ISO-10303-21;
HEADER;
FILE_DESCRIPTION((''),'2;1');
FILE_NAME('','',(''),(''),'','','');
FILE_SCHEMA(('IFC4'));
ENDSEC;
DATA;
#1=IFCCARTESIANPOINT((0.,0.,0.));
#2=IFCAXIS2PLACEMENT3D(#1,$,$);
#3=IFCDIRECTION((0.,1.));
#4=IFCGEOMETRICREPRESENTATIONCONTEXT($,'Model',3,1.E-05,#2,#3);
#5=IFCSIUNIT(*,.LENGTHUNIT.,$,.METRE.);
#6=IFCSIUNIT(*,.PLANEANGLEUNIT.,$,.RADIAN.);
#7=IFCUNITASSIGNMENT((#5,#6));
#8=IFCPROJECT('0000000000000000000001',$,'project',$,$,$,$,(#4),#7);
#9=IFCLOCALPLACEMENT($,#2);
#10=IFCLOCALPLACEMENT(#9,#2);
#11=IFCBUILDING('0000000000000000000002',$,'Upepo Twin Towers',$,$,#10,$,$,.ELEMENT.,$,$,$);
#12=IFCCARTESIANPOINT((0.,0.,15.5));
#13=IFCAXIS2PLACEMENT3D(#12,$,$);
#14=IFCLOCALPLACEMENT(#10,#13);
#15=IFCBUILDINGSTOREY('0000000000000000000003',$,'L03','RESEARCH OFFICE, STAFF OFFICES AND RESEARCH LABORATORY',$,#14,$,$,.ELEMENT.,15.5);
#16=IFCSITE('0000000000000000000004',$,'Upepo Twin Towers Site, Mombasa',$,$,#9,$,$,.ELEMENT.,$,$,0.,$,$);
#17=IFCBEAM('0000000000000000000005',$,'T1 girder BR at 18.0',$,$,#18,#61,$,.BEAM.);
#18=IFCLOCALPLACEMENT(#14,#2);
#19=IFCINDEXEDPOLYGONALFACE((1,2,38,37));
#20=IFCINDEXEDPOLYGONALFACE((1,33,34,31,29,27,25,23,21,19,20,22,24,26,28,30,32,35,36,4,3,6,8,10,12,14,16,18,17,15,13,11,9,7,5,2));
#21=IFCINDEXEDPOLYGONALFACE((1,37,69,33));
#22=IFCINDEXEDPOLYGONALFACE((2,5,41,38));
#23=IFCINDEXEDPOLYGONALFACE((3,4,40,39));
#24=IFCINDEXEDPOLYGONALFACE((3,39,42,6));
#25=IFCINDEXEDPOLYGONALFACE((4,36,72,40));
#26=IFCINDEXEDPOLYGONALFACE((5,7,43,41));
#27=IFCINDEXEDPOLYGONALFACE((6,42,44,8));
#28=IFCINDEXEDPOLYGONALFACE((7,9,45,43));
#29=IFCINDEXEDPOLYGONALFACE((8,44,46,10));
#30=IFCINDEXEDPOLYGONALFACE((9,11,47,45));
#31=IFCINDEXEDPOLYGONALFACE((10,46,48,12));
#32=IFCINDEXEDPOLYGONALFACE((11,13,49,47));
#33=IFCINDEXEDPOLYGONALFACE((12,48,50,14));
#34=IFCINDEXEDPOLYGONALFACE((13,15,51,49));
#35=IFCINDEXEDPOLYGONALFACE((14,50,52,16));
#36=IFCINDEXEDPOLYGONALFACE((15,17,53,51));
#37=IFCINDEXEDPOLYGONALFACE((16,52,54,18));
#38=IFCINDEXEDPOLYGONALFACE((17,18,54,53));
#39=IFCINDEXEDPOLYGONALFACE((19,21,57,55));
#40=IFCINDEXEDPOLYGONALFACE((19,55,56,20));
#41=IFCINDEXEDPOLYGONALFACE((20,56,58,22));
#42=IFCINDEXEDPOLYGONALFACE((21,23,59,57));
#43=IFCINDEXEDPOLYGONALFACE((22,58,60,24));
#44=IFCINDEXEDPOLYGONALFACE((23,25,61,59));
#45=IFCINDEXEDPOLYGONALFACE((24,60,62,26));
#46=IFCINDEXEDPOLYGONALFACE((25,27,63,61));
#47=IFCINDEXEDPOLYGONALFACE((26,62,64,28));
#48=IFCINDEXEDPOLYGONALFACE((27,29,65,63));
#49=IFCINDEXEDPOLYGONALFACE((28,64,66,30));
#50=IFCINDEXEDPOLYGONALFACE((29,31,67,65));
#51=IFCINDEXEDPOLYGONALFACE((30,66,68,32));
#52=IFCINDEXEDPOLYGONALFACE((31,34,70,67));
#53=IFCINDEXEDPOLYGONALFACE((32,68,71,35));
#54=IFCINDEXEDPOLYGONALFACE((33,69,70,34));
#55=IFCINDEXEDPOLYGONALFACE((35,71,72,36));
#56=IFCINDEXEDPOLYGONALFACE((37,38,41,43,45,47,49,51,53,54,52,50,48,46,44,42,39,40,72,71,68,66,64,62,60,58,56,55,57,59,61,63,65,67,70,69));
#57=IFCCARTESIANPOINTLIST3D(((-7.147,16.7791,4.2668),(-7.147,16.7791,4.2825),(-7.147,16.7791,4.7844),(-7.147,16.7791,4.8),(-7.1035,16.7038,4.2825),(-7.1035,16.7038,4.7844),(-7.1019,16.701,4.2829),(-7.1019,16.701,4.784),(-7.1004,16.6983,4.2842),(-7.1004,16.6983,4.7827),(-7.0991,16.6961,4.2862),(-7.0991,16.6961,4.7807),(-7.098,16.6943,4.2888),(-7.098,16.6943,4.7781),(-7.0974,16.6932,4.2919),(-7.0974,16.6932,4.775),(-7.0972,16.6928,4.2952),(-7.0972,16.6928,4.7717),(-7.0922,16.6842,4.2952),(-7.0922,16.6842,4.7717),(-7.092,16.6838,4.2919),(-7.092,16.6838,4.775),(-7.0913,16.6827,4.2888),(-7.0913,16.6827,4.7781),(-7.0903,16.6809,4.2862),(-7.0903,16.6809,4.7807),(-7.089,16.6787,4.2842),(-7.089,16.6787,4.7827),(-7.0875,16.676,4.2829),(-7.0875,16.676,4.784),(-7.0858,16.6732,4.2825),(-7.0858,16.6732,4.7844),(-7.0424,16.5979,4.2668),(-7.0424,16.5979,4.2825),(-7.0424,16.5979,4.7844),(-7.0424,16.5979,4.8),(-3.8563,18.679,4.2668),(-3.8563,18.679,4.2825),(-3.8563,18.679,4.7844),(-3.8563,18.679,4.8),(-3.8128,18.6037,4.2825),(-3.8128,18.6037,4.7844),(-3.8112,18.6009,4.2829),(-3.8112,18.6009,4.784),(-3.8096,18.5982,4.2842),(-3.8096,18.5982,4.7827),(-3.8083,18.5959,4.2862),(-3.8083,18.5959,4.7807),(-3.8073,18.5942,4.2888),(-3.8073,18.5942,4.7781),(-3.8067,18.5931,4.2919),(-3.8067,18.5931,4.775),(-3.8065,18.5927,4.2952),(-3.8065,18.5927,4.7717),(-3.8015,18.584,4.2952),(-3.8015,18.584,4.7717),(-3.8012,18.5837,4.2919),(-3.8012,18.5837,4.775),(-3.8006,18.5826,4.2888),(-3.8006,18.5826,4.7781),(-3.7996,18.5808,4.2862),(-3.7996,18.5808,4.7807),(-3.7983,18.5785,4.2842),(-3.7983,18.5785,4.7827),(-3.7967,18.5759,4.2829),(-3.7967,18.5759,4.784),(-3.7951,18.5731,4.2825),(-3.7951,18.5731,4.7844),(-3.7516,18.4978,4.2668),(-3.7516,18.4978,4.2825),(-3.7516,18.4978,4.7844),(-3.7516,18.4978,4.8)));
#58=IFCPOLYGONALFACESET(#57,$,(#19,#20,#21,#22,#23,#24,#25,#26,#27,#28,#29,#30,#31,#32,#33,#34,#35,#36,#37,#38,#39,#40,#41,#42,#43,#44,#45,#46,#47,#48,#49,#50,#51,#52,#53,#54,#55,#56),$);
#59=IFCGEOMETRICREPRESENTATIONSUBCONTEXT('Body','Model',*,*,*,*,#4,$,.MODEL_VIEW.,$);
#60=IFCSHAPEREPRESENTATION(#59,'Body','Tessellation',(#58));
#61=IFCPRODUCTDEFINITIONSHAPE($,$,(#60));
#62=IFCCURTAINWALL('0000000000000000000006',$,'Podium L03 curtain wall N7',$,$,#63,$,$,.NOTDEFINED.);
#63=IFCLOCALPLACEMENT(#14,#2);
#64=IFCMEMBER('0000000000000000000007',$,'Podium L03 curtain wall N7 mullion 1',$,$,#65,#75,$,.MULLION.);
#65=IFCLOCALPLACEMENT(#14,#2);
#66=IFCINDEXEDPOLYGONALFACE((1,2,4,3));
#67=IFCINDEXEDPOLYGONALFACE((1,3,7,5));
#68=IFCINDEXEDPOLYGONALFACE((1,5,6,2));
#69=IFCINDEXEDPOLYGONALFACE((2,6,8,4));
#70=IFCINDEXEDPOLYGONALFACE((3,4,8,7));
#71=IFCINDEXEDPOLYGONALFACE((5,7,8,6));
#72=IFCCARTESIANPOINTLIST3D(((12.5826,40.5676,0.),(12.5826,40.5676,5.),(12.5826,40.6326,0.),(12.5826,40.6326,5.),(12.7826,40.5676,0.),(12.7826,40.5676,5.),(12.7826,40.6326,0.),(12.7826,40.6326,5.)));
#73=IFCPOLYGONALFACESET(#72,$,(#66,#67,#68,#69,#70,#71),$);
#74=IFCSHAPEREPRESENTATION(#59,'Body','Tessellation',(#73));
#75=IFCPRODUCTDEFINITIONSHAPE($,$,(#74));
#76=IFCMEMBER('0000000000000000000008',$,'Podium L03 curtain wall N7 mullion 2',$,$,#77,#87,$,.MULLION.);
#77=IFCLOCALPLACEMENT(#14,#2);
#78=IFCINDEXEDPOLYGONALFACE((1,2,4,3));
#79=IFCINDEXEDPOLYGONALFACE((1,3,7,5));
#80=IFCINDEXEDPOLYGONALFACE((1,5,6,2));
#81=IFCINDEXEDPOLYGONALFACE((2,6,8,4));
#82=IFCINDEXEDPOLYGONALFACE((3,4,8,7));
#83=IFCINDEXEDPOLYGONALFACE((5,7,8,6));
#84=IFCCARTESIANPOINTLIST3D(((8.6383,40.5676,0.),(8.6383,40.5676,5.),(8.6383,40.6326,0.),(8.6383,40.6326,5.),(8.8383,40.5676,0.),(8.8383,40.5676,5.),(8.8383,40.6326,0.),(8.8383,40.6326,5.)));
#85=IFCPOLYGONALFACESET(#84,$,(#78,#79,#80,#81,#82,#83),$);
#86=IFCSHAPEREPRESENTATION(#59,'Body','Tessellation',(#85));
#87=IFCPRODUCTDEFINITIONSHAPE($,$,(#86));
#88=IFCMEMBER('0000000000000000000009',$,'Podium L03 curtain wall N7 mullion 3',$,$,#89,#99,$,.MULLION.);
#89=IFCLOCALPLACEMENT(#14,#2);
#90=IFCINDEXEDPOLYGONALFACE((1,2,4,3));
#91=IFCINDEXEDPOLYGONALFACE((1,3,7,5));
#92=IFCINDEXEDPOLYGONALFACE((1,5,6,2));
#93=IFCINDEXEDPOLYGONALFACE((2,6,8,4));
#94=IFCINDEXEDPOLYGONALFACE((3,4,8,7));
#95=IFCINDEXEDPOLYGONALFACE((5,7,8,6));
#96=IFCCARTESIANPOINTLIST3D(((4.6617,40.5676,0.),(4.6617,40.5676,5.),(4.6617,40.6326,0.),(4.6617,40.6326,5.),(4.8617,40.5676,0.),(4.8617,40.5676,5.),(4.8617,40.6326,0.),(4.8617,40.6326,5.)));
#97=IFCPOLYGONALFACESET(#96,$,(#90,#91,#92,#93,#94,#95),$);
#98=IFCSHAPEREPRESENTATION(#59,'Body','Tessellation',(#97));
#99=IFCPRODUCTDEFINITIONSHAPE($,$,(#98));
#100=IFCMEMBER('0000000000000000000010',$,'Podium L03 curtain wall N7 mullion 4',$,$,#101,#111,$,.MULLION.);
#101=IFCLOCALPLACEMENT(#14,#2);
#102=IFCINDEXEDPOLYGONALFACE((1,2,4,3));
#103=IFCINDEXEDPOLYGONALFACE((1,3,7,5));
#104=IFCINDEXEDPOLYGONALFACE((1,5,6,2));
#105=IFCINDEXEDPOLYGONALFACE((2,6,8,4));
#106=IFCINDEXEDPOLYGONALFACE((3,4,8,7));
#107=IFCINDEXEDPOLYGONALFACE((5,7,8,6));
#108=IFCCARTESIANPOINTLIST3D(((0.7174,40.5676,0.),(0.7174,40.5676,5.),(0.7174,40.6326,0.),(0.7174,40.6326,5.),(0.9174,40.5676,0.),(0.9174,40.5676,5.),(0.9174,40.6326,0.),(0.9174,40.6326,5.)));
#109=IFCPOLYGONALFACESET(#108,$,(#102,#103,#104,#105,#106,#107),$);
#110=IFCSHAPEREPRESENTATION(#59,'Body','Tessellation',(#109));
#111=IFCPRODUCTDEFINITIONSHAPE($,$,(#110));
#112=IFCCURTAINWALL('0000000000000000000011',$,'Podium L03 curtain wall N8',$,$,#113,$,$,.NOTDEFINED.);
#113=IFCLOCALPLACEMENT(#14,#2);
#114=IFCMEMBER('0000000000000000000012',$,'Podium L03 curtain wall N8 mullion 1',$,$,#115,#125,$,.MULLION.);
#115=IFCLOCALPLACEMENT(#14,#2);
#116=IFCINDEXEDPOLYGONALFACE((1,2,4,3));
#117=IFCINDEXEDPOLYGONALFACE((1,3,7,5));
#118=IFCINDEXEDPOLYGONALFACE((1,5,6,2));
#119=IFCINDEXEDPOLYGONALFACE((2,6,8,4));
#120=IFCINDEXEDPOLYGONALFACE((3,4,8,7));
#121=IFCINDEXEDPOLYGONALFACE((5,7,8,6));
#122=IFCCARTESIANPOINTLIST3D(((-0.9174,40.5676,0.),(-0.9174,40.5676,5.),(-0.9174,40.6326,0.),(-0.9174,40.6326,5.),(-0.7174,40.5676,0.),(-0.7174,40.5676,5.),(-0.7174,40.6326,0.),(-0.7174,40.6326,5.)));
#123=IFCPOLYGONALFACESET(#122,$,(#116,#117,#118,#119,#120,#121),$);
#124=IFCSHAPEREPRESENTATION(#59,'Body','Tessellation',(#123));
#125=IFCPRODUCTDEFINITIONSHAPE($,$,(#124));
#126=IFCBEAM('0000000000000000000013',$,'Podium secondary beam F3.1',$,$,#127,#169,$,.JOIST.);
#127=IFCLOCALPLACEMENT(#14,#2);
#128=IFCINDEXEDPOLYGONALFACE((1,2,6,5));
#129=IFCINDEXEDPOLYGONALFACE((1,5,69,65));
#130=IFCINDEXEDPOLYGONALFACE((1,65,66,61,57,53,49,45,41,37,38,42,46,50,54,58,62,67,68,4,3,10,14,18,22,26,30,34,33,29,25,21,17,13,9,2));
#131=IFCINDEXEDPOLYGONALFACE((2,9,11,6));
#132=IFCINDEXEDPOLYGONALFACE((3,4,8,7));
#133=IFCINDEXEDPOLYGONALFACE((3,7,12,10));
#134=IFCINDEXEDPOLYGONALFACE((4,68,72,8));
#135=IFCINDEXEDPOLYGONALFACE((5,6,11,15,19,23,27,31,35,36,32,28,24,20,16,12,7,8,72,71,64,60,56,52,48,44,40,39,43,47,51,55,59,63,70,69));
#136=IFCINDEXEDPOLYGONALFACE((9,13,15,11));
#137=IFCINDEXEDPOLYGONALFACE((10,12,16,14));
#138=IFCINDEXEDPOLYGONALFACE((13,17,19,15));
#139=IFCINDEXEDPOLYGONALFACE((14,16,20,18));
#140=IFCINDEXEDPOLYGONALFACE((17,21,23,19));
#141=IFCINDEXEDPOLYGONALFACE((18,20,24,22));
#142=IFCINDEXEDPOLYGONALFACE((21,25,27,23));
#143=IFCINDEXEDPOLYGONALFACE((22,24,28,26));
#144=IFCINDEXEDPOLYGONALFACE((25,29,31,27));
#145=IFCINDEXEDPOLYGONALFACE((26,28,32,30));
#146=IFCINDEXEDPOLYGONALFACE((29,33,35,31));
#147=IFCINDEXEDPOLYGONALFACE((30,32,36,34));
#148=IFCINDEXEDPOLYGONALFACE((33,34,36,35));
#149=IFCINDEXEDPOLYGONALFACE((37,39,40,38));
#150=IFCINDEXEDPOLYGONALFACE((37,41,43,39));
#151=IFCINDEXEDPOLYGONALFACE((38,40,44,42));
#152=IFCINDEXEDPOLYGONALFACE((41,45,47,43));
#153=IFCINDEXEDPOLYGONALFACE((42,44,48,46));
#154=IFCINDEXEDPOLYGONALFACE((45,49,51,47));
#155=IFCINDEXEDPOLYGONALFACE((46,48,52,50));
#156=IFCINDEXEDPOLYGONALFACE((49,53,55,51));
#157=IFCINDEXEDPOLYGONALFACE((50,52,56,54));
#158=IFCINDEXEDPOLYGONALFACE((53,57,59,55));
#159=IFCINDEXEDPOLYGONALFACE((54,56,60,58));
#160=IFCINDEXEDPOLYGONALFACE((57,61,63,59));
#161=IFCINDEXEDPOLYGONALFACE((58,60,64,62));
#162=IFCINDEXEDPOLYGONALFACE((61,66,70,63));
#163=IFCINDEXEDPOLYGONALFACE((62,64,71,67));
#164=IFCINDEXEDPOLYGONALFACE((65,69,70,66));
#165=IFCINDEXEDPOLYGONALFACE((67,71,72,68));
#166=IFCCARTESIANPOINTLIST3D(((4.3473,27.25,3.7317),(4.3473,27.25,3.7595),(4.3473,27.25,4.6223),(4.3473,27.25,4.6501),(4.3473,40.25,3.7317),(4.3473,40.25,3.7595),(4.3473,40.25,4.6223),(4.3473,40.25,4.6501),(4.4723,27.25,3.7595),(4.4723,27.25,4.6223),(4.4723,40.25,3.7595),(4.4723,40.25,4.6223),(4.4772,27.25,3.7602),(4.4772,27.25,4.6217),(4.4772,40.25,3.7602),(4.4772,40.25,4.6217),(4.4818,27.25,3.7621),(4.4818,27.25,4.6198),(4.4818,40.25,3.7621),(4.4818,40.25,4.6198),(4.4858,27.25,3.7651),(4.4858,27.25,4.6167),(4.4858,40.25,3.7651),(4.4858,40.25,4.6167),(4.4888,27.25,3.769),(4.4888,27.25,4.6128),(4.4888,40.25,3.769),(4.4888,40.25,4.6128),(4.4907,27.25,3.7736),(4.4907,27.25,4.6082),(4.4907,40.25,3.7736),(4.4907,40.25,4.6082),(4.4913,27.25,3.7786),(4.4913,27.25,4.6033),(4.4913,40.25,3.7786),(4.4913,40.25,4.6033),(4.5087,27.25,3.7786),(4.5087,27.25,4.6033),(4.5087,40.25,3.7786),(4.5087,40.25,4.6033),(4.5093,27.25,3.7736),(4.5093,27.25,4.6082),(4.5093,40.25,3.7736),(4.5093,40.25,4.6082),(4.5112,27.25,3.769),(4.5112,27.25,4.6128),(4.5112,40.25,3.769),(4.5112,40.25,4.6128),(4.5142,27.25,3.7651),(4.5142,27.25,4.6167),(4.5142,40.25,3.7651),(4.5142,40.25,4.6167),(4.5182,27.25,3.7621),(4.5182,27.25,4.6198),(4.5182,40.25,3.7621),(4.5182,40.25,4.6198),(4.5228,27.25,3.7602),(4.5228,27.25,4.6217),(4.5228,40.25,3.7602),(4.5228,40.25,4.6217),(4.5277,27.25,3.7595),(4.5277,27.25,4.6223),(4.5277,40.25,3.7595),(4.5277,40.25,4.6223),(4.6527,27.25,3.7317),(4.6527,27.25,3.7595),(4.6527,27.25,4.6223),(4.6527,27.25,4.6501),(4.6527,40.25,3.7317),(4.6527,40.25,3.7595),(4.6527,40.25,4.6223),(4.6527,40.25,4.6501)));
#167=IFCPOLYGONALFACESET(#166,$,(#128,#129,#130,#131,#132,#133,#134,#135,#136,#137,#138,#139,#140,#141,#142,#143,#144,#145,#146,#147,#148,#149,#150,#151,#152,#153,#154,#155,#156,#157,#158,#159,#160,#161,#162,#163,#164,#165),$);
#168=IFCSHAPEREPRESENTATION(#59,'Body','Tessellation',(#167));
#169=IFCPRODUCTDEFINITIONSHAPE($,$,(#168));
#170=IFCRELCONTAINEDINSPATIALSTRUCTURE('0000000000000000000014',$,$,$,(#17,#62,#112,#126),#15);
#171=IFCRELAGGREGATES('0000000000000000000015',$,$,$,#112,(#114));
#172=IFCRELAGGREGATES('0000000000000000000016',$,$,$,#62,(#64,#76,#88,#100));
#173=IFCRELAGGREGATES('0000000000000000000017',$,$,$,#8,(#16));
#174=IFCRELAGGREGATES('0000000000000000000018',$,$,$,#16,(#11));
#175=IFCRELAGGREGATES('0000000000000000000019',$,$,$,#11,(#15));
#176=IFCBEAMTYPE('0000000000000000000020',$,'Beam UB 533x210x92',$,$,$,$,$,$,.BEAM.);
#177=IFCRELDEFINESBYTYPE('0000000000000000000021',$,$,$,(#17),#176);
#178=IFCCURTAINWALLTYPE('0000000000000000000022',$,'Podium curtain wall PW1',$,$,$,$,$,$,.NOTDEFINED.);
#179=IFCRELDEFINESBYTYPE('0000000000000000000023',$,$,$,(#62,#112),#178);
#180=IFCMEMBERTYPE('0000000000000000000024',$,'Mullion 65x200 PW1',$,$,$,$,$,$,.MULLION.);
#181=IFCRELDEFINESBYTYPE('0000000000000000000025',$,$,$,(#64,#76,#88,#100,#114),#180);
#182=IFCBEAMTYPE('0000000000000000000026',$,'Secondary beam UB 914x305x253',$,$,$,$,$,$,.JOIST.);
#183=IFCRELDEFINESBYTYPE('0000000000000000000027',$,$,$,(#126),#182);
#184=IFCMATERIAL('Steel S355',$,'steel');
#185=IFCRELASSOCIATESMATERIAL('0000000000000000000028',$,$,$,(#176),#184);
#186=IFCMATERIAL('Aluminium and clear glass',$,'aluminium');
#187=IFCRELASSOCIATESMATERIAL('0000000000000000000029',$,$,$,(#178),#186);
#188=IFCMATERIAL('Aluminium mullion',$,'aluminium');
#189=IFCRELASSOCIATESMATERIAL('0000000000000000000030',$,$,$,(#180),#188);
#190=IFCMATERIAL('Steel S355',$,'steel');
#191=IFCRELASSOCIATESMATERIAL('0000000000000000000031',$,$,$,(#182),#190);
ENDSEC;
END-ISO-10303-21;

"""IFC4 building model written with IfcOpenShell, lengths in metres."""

from ifc_helpers import new_model, si_unit, direction, frame, origin, origin_2d, place, context, subcontext, project, spatial, rectangle, i_section, extrude, material, material_profile, profile_set, type_object, element, aggregate, save


model = new_model("IFC4")

# Units and contexts
model_context = context("Model", 3, precision=1e-05, world=origin(), true_north=direction((0.0, 1.0)))
body_context = subcontext(model_context, "Body", "Model", "MODEL_VIEW")
ifc_project = project(units=[si_unit("LENGTHUNIT", "METRE"), si_unit("PLANEANGLEUNIT", "RADIAN")], contexts=[model_context])

# Site, building, storey
site_placement = place(None, origin())
site = spatial("IfcSite", under=ifc_project, at=site_placement, Name="Upepo Twin Towers Site, Mombasa", CompositionType="ELEMENT", RefElevation=0.0)
building_placement = place(site_placement, origin())
building = spatial("IfcBuilding", under=site, at=building_placement, Name="Upepo Twin Towers", CompositionType="ELEMENT")
storey_placement = place(building_placement, frame((0.0, 0.0, 15.5)))
storey = spatial("IfcBuildingStorey", under=building, at=storey_placement, Name="L03", Description="RESEARCH OFFICE, STAFF OFFICES AND RESEARCH LABORATORY", CompositionType="ELEMENT", Elevation=15.5)

# Beam
ifc_material_1 = material(Name="Steel S355", Category="steel")
ifc_material_profile_1 = material_profile(ifc_material_1, i_section(OverallWidth=0.2092, OverallDepth=0.5332, WebThickness=0.01, FlangeThickness=0.0156, FilletRadius=0.0127, at=origin_2d()), Name="UB 533x210x92")
ifc_profile_set_1 = profile_set([ifc_material_profile_1], Name="Steel S355")
beam_type_1 = type_object("IfcBeamType", Name="Beam UB 533x210x92", PredefinedType="BEAM", material=ifc_profile_set_1)
beam_1_placement = place(storey_placement, frame((-3.804, 18.5884, 4.5334), z_axis=(-0.866028, -0.499995, 0.0), x_axis=(0.499995, -0.866028, 0.0)))
element("IfcBeam", 1, at=beam_1_placement, inside=storey, type_object=beam_type_1, Name="T1 girder BR at 18.0", PredefinedType="BEAM", context=body_context, shape_type="SweptSolid", body=[
    extrude(i_section(OverallWidth=0.2092, OverallDepth=0.5332, WebThickness=0.01, FlangeThickness=0.0156, FilletRadius=0.0127, at=origin_2d()), origin(), (0.0, 0.0, 1.0), 3.7998),
])

# Curtain wall, members
ifc_material_2 = material(Name="Aluminium and clear glass", Category="aluminium")
curtain_wall_type = type_object("IfcCurtainWallType", Name="Podium curtain wall PW1", PredefinedType="NOTDEFINED", material=ifc_material_2)
curtain_wall_1_placement = place(storey_placement, origin())
curtain_wall_1 = element("IfcCurtainWall", 2, at=curtain_wall_1_placement, inside=storey, type_object=curtain_wall_type, Name="Podium L03 curtain wall N7", PredefinedType="NOTDEFINED")
ifc_material_3 = material(Name="Aluminium mullion", Category="aluminium")
ifc_material_profile_2 = material_profile(ifc_material_3, rectangle(XDim=0.0649, YDim=0.2, at=origin_2d()), Name="MULLION 65x200 PODIUM")
ifc_profile_set_2 = profile_set([ifc_material_profile_2], Name="Aluminium mullion")
member_type_1 = type_object("IfcMemberType", Name="Mullion 65x200 PW1", PredefinedType="MULLION", material=ifc_profile_set_2)
member_1_placement = place(storey_placement, frame((12.6826, 40.6001, 0.0), z_axis=(0.0, 0.0, 1.0), x_axis=(0.0, -1.0, 0.0)))
member_1 = element("IfcMember", 3, at=member_1_placement, type_object=member_type_1, Name="Podium L03 curtain wall N7 mullion 1", PredefinedType="MULLION", context=body_context, shape_type="SweptSolid", body=[
    extrude(rectangle(XDim=0.0649, YDim=0.2, at=origin_2d()), origin(), (0.0, 0.0, 1.0), 5.0),
])
member_2_placement = place(storey_placement, frame((8.7383, 40.6001, 0.0), z_axis=(0.0, 0.0, 1.0), x_axis=(0.0, -1.0, 0.0)))
member_2 = element("IfcMember", 4, at=member_2_placement, type_object=member_type_1, Name="Podium L03 curtain wall N7 mullion 2", PredefinedType="MULLION", context=body_context, shape_type="SweptSolid", body=[
    extrude(rectangle(XDim=0.0649, YDim=0.2, at=origin_2d()), origin(), (0.0, 0.0, 1.0), 5.0),
])
member_3_placement = place(storey_placement, frame((4.7617, 40.6001, 0.0), z_axis=(0.0, 0.0, 1.0), x_axis=(0.0, -1.0, 0.0)))
member_3 = element("IfcMember", 5, at=member_3_placement, type_object=member_type_1, Name="Podium L03 curtain wall N7 mullion 3", PredefinedType="MULLION", context=body_context, shape_type="SweptSolid", body=[
    extrude(rectangle(XDim=0.0649, YDim=0.2, at=origin_2d()), origin(), (0.0, 0.0, 1.0), 5.0),
])
member_4_placement = place(storey_placement, frame((0.8174, 40.6001, 0.0), z_axis=(0.0, 0.0, 1.0), x_axis=(0.0, -1.0, 0.0)))
member_4 = element("IfcMember", 6, at=member_4_placement, type_object=member_type_1, Name="Podium L03 curtain wall N7 mullion 4", PredefinedType="MULLION", context=body_context, shape_type="SweptSolid", body=[
    extrude(rectangle(XDim=0.0649, YDim=0.2, at=origin_2d()), origin(), (0.0, 0.0, 1.0), 5.0),
])

# Curtain wall, member
curtain_wall_2_placement = place(storey_placement, origin())
curtain_wall_2 = element("IfcCurtainWall", 7, at=curtain_wall_2_placement, inside=storey, type_object=curtain_wall_type, Name="Podium L03 curtain wall N8", PredefinedType="NOTDEFINED")
member_5_placement = place(storey_placement, frame((-0.8174, 40.6001, 0.0), z_axis=(0.0, 0.0, 1.0), x_axis=(0.0, -1.0, 0.0)))
member_5 = element("IfcMember", 8, at=member_5_placement, type_object=member_type_1, Name="Podium L03 curtain wall N8 mullion 1", PredefinedType="MULLION", context=body_context, shape_type="SweptSolid", body=[
    extrude(rectangle(XDim=0.0649, YDim=0.2, at=origin_2d()), origin(), (0.0, 0.0, 1.0), 5.0),
])

# Beam
ifc_material_4 = material(Name="Steel S355", Category="steel")
ifc_material_profile_3 = material_profile(ifc_material_4, i_section(OverallWidth=0.3054, OverallDepth=0.9185, WebThickness=0.0173, FlangeThickness=0.0278, FilletRadius=0.019, at=origin_2d()), Name="UB 914x305x253")
ifc_profile_set_3 = profile_set([ifc_material_profile_3], Name="Steel S355")
beam_type_2 = type_object("IfcBeamType", Name="Secondary beam UB 914x305x253", PredefinedType="JOIST", material=ifc_profile_set_3)
for number, where, z_axis, x_axis, name in (
    (9, (4.5, 27.25, 4.1909), (0.0, 1.0, 0.0), (-1.0, 0.0, 0.0), "Podium secondary beam F3.1"),
):
    element("IfcBeam", number, at=place(storey_placement, frame(where, z_axis=z_axis, x_axis=x_axis)), inside=storey, type_object=beam_type_2, Name=name, PredefinedType="JOIST", context=body_context, shape_type="SweptSolid", body=[
        extrude(i_section(OverallWidth=0.3054, OverallDepth=0.9185, WebThickness=0.0173, FlangeThickness=0.0278, FilletRadius=0.019, at=origin_2d()), origin(), (0.0, 0.0, 1.0), 13.0),
    ])

aggregate(curtain_wall_2, [member_5])
aggregate(curtain_wall_1, [member_1, member_2, member_3, member_4])

save(model, "model.ifc")
